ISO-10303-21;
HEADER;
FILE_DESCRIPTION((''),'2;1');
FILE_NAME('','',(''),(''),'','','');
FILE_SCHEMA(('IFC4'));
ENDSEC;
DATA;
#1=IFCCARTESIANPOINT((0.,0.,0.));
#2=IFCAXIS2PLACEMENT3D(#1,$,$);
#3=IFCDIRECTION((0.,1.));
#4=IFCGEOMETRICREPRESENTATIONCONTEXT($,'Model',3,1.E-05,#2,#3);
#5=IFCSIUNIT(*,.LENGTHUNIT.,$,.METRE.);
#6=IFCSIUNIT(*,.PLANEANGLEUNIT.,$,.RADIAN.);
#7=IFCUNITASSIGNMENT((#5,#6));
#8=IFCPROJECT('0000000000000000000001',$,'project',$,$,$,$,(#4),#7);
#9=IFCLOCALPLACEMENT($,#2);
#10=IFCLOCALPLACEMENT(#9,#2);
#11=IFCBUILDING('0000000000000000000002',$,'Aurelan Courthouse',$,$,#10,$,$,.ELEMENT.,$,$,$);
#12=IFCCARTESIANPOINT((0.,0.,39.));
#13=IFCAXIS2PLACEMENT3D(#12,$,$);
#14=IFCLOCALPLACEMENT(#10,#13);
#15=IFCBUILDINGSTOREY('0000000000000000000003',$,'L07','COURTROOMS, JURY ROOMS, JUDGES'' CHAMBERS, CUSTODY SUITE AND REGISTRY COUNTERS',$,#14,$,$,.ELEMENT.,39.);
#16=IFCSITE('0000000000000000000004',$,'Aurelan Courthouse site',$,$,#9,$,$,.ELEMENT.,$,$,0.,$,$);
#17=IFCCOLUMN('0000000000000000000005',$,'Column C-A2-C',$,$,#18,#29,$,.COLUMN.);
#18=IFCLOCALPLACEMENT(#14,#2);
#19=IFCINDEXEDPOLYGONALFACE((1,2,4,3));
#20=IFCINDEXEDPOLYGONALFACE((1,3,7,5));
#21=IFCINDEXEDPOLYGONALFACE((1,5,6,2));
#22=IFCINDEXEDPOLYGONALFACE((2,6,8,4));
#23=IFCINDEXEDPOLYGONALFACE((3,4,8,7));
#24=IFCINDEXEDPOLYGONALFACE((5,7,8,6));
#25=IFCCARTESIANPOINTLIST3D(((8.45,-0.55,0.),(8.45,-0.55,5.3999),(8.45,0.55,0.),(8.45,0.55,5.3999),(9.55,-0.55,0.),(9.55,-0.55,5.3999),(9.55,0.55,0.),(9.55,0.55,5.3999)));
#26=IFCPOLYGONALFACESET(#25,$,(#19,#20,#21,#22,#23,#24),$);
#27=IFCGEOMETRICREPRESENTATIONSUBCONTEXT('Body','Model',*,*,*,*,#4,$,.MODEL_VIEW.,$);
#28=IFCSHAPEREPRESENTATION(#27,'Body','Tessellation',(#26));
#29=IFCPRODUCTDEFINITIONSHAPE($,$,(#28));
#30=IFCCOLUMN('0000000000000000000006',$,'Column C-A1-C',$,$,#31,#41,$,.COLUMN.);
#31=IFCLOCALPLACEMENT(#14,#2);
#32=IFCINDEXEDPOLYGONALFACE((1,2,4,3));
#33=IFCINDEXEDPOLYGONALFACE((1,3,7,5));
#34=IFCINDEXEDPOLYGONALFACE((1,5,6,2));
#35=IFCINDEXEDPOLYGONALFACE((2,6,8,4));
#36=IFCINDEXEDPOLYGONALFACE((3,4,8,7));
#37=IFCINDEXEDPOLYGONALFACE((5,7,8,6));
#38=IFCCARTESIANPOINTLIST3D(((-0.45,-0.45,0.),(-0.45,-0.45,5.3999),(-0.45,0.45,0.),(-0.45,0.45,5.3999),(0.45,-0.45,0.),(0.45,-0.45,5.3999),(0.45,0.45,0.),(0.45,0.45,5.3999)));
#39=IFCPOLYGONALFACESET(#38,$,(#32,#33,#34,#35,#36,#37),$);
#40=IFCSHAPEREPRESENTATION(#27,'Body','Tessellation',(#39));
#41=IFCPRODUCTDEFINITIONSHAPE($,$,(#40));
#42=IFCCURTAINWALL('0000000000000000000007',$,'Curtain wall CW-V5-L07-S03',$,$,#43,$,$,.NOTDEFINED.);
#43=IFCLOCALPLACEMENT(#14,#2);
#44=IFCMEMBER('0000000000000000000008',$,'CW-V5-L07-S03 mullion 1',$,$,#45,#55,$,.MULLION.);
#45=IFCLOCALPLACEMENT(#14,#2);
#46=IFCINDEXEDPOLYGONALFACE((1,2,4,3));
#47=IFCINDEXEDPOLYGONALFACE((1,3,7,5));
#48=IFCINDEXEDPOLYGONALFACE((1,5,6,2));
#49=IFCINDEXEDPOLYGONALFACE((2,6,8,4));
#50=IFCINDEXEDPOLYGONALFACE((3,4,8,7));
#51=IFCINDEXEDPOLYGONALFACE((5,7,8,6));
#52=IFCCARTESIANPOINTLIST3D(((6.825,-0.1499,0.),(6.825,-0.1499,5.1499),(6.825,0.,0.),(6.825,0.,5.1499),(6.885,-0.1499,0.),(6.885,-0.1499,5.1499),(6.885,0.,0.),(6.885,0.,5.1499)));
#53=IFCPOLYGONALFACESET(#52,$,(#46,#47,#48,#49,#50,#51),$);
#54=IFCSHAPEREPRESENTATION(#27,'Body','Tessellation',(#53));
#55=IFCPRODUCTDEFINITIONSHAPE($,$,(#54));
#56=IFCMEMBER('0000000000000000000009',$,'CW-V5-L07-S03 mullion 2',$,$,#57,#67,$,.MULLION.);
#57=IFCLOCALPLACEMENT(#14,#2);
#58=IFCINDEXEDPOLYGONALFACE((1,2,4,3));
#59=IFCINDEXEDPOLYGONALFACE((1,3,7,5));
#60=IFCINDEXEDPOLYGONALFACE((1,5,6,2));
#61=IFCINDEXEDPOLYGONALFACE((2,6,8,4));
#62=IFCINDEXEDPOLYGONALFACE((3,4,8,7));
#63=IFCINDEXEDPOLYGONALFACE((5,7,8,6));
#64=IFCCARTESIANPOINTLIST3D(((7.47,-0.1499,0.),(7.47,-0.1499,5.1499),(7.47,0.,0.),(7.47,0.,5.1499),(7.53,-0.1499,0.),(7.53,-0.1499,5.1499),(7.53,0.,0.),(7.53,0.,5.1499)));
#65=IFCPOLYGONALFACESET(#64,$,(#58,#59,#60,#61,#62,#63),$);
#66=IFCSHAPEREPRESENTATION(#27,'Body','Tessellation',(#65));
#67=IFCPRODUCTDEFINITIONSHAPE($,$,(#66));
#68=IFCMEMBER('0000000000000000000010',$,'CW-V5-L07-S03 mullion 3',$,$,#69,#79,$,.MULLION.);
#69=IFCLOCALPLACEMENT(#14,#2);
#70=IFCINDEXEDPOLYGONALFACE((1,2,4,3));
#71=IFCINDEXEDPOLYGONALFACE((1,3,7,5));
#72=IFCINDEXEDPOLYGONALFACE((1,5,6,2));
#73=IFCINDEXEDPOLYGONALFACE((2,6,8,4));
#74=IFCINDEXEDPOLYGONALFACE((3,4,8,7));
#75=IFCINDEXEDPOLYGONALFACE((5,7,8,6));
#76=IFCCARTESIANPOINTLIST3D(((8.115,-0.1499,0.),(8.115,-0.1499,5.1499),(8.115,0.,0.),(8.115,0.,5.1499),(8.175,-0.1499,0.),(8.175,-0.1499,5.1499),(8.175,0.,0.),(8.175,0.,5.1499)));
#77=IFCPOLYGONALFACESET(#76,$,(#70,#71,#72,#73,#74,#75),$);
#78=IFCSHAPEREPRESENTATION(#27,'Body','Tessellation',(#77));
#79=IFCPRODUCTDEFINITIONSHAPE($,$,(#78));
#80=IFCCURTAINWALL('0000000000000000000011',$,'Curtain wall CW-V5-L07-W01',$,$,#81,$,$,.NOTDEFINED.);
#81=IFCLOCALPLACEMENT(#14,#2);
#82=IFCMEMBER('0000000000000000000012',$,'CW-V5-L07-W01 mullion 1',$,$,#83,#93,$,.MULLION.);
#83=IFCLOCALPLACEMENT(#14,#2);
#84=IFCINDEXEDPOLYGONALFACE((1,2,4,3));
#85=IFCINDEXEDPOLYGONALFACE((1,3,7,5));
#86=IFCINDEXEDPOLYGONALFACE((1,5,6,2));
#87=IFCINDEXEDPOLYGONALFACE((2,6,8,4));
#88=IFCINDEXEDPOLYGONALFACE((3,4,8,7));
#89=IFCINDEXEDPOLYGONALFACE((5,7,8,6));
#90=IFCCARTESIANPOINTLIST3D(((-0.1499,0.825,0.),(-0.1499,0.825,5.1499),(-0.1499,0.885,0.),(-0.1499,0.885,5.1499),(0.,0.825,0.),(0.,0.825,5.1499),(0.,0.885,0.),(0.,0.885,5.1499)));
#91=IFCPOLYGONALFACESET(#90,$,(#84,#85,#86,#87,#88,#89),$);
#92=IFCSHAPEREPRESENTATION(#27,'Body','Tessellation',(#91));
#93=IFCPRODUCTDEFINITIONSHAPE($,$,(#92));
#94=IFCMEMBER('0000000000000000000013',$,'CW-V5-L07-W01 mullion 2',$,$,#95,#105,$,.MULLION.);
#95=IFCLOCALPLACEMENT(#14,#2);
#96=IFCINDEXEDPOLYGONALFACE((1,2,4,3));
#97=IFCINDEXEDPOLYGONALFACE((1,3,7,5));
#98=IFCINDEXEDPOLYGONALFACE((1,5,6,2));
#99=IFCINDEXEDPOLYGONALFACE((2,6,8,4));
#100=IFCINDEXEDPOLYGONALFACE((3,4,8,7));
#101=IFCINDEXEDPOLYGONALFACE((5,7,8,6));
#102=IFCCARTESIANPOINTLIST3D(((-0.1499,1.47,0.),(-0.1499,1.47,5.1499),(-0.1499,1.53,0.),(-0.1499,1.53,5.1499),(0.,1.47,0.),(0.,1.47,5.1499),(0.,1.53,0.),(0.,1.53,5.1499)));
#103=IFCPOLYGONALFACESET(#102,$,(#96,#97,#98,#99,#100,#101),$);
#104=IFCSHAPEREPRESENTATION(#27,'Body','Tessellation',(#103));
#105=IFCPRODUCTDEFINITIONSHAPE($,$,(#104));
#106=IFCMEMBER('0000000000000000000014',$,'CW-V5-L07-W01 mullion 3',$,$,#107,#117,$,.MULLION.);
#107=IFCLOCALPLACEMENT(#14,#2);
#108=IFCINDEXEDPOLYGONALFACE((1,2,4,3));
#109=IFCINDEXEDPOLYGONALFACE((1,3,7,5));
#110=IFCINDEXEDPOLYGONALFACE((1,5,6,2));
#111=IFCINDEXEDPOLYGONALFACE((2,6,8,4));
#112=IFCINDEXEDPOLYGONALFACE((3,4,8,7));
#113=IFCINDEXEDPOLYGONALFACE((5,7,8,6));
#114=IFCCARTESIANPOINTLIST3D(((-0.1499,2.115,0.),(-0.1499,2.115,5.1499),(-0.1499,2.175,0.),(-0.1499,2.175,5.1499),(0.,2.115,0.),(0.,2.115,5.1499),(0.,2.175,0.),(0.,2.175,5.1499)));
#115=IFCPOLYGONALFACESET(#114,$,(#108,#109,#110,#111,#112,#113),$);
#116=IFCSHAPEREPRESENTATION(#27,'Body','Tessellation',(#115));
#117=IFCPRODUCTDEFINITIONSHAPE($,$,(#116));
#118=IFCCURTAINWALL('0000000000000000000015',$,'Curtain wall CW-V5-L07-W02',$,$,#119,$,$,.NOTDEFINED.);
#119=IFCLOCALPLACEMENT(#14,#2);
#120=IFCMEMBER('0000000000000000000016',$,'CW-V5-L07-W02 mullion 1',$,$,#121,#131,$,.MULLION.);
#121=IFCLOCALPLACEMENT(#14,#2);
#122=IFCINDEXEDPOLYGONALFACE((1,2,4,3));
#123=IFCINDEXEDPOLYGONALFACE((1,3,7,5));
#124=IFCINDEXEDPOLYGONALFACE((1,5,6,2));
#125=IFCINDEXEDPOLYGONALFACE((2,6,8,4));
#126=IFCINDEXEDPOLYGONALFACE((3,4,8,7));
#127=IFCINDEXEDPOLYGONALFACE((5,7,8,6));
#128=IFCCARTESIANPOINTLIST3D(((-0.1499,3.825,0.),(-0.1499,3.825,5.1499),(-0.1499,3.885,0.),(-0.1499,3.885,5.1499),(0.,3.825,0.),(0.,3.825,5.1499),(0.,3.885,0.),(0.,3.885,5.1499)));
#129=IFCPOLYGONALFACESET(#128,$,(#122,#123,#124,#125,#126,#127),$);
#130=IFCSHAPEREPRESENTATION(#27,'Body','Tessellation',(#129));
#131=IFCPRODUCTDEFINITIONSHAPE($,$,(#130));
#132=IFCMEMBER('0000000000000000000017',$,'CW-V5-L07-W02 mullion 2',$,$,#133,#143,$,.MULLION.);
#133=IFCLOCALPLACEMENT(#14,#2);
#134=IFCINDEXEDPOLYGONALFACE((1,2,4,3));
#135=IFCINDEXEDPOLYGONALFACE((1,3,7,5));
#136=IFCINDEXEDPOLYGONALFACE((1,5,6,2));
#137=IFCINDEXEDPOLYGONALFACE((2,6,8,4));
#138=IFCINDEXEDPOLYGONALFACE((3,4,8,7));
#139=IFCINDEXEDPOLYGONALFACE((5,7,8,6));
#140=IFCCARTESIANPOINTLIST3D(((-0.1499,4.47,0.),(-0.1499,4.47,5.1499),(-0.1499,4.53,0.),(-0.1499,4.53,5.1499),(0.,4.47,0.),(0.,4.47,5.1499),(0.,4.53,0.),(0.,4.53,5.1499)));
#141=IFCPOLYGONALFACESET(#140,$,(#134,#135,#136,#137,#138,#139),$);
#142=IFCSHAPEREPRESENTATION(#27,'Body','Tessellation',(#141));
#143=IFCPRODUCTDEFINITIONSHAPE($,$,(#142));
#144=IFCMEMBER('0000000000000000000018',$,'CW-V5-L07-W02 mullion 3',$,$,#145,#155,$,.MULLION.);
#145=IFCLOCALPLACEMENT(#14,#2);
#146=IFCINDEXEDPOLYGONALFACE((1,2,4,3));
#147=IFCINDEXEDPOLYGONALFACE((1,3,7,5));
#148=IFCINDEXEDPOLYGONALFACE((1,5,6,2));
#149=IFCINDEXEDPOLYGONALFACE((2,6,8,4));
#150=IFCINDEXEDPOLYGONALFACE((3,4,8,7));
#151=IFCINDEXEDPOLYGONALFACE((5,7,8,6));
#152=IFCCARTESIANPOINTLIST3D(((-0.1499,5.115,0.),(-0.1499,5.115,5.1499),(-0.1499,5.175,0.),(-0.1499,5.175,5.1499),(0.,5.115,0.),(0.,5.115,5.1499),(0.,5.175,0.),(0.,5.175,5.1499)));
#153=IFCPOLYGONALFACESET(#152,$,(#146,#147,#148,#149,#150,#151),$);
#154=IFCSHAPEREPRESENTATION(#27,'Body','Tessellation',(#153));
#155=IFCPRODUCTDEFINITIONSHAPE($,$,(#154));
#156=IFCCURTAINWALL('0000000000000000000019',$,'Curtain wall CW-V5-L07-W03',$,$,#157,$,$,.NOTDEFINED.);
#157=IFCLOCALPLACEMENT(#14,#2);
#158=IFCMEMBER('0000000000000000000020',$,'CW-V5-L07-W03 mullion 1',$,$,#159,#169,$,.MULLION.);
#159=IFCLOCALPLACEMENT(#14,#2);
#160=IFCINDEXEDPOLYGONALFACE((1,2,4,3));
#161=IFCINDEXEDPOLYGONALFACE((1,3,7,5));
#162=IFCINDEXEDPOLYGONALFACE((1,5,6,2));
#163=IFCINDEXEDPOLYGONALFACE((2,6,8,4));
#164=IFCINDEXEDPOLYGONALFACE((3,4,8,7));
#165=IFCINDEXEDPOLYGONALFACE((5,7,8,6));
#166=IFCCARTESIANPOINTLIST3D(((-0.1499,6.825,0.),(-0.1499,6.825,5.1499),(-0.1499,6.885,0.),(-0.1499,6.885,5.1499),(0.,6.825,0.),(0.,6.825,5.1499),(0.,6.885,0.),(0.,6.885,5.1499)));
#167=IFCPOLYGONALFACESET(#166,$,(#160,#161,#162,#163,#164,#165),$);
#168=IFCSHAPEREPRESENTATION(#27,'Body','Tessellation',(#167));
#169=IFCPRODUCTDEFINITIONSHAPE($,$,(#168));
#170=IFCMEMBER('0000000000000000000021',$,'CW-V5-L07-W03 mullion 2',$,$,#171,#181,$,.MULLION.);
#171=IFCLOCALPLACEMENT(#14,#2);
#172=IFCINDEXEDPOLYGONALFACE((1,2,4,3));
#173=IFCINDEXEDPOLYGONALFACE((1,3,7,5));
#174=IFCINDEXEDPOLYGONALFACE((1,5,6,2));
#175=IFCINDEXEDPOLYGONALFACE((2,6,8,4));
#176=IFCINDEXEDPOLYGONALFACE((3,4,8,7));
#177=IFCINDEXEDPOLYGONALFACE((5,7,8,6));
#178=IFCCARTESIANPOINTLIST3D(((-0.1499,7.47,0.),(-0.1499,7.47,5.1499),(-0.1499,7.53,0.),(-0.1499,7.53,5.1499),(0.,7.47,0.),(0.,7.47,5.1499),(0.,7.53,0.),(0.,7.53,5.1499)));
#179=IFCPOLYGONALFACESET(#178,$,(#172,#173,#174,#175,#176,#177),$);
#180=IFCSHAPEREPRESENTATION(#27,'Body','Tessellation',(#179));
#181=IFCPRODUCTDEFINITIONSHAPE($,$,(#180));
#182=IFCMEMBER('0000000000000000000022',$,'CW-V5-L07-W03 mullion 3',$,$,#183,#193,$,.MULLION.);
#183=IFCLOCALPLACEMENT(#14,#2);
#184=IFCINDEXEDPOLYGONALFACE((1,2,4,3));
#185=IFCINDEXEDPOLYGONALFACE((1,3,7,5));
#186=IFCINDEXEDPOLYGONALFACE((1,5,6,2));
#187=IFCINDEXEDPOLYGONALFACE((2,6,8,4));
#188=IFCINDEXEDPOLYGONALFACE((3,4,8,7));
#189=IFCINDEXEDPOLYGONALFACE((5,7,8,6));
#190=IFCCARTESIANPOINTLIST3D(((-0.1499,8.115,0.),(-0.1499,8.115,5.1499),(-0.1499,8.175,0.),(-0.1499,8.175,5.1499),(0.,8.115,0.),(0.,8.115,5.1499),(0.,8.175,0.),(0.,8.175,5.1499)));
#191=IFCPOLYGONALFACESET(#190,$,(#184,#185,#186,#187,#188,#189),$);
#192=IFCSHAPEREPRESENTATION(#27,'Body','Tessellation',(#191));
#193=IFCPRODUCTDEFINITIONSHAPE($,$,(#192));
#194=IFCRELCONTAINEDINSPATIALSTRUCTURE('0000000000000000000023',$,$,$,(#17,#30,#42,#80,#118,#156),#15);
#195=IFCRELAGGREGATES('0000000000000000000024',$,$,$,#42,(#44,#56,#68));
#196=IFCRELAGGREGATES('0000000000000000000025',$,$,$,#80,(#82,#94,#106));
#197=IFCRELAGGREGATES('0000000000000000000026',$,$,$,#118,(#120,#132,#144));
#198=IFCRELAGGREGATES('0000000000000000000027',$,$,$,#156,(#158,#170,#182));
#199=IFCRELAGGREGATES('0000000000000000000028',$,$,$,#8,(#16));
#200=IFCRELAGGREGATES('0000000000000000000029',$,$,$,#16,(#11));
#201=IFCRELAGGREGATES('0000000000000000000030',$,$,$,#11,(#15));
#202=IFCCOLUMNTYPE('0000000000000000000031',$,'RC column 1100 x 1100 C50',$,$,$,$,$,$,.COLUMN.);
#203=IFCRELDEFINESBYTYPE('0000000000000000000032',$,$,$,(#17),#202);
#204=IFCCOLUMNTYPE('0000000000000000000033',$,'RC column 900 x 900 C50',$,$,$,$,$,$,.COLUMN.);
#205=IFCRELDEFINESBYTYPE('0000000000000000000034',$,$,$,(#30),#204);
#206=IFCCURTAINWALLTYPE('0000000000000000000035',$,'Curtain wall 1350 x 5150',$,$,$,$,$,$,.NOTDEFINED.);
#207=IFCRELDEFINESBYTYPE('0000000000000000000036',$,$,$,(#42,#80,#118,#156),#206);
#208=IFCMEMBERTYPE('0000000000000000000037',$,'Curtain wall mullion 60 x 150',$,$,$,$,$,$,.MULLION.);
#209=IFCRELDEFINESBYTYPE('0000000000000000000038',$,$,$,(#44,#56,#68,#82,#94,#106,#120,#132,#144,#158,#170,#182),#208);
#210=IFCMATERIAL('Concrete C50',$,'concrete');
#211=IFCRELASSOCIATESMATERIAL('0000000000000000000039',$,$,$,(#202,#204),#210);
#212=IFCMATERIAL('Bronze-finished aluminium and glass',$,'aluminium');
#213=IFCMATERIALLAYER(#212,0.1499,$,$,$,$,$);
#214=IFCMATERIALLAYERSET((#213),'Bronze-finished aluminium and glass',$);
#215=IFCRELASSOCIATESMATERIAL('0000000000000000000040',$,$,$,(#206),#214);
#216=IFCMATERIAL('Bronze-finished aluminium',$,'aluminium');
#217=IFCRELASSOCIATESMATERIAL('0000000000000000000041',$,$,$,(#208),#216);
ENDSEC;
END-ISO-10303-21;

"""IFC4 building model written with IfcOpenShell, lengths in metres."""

from ifc_helpers import new_model, si_unit, direction, frame, origin, origin_with_axes, origin_2d, place, context, subcontext, project, spatial, rectangle, extrude, material, layer, layer_set, material_profile, profile_set, type_object, element, aggregate, save


model = new_model("IFC4")

# Units and contexts
model_context = context("Model", 3, precision=1e-05, world=origin(), true_north=direction((0.0, 1.0)))
body_context = subcontext(model_context, "Body", "Model", "MODEL_VIEW")
ifc_project = project(units=[si_unit("LENGTHUNIT", "METRE"), si_unit("PLANEANGLEUNIT", "RADIAN")], contexts=[model_context])

# Site, building, storey
site_placement = place(None, origin())
site = spatial("IfcSite", under=ifc_project, at=site_placement, Name="Aurelan Courthouse site", CompositionType="ELEMENT", RefElevation=0.0)
building_placement = place(site_placement, origin())
building = spatial("IfcBuilding", under=site, at=building_placement, Name="Aurelan Courthouse", CompositionType="ELEMENT")
storey_placement = place(building_placement, frame((0.0, 0.0, 39.0)))
storey = spatial("IfcBuildingStorey", under=building, at=storey_placement, Name="L07", Description="COURTROOMS, JURY ROOMS, JUDGES' CHAMBERS, CUSTODY SUITE AND REGISTRY COUNTERS", CompositionType="ELEMENT", Elevation=39.0)

# Columns
ifc_material_1 = material(Name="Concrete C50", Category="concrete")
ifc_material_profile_1 = material_profile(ifc_material_1, rectangle(XDim=1.1001, YDim=1.1001, at=origin_2d()), Name="RC 1100 x 1100")
ifc_profile_set_1 = profile_set([ifc_material_profile_1], Name="Concrete C50")
column_type_1 = type_object("IfcColumnType", Name="RC column 1100 x 1100 C50", PredefinedType="COLUMN", material=ifc_profile_set_1)
column_1_placement = place(storey_placement, frame((9.0, 0.0, 0.0), z_axis=(0.0, 0.0, 1.0), x_axis=(1.0, 0.0, 0.0)))
element("IfcColumn", 1, at=column_1_placement, inside=storey, type_object=column_type_1, Name="Column C-A2-C", PredefinedType="COLUMN", context=body_context, shape_type="SweptSolid", body=[
    extrude(rectangle(XDim=1.1001, YDim=1.1001, at=origin_2d()), origin(), (0.0, 0.0, 1.0), 5.3999),
])
ifc_material_profile_2 = material_profile(ifc_material_1, rectangle(XDim=0.8999, YDim=0.8999, at=origin_2d()), Name="RC 900 x 900")
ifc_profile_set_2 = profile_set([ifc_material_profile_2], Name="Concrete C50")
column_type_2 = type_object("IfcColumnType", Name="RC column 900 x 900 C50", PredefinedType="COLUMN", material=ifc_profile_set_2)
column_2_placement = place(storey_placement, origin_with_axes())
element("IfcColumn", 2, at=column_2_placement, inside=storey, type_object=column_type_2, Name="Column C-A1-C", PredefinedType="COLUMN", context=body_context, shape_type="SweptSolid", body=[
    extrude(rectangle(XDim=0.8999, YDim=0.8999, at=origin_2d()), origin(), (0.0, 0.0, 1.0), 5.3999),
])

# Curtain walls, members
ifc_material_2 = material(Name="Bronze-finished aluminium and glass", Category="aluminium")
ifc_layer_1 = layer(ifc_material_2, 0.1499)
ifc_layer_set_1 = layer_set([ifc_layer_1], Name="Bronze-finished aluminium and glass")
curtain_wall_type = type_object("IfcCurtainWallType", Name="Curtain wall 1350 x 5150", PredefinedType="NOTDEFINED", material=ifc_layer_set_1)
curtain_wall_1_placement = place(storey_placement, origin())
curtain_wall_1 = element("IfcCurtainWall", 3, at=curtain_wall_1_placement, inside=storey, type_object=curtain_wall_type, Name="Curtain wall CW-V5-L07-S03", PredefinedType="NOTDEFINED")
ifc_material_3 = material(Name="Bronze-finished aluminium", Category="aluminium")
ifc_material_profile_3 = material_profile(ifc_material_3, rectangle(XDim=0.1499, YDim=0.0601, at=origin_2d()), Name="Bronze mullion 60 x 150")
ifc_profile_set_3 = profile_set([ifc_material_profile_3], Name="Bronze-finished aluminium")
member_type = type_object("IfcMemberType", Name="Curtain wall mullion 60 x 150", PredefinedType="MULLION", material=ifc_profile_set_3)
member_1_placement = place(storey_placement, frame((6.855, -0.075, 0.0), z_axis=(0.0, 0.0, 1.0), x_axis=(0.0, 1.0, 0.0)))
member_1 = element("IfcMember", 4, at=member_1_placement, type_object=member_type, Name="CW-V5-L07-S03 mullion 1", PredefinedType="MULLION", context=body_context, shape_type="SweptSolid", body=[
    extrude(rectangle(XDim=0.1499, YDim=0.0601, at=origin_2d()), origin(), (0.0, 0.0, 1.0), 5.1499),
])
member_2_placement = place(storey_placement, frame((7.5, -0.075, 0.0), z_axis=(0.0, 0.0, 1.0), x_axis=(0.0, 1.0, 0.0)))
member_2 = element("IfcMember", 5, at=member_2_placement, type_object=member_type, Name="CW-V5-L07-S03 mullion 2", PredefinedType="MULLION", context=body_context, shape_type="SweptSolid", body=[
    extrude(rectangle(XDim=0.1499, YDim=0.0601, at=origin_2d()), origin(), (0.0, 0.0, 1.0), 5.1499),
])
member_3_placement = place(storey_placement, frame((8.145, -0.075, 0.0), z_axis=(0.0, 0.0, 1.0), x_axis=(0.0, 1.0, 0.0)))
member_3 = element("IfcMember", 6, at=member_3_placement, type_object=member_type, Name="CW-V5-L07-S03 mullion 3", PredefinedType="MULLION", context=body_context, shape_type="SweptSolid", body=[
    extrude(rectangle(XDim=0.1499, YDim=0.0601, at=origin_2d()), origin(), (0.0, 0.0, 1.0), 5.1499),
])
aggregate(curtain_wall_1, [member_1, member_2, member_3])
curtain_wall_2_placement = place(storey_placement, origin())
curtain_wall_2 = element("IfcCurtainWall", 7, at=curtain_wall_2_placement, inside=storey, type_object=curtain_wall_type, Name="Curtain wall CW-V5-L07-W01", PredefinedType="NOTDEFINED")
member_4_placement = place(storey_placement, frame((-0.075, 0.855, 0.0), z_axis=(0.0, 0.0, 1.0), x_axis=(-1.0, 0.0, 0.0)))
member_4 = element("IfcMember", 8, at=member_4_placement, type_object=member_type, Name="CW-V5-L07-W01 mullion 1", PredefinedType="MULLION", context=body_context, shape_type="SweptSolid", body=[
    extrude(rectangle(XDim=0.1499, YDim=0.0601, at=origin_2d()), origin(), (0.0, 0.0, 1.0), 5.1499),
])
member_5_placement = place(storey_placement, frame((-0.075, 1.5, 0.0), z_axis=(0.0, 0.0, 1.0), x_axis=(-1.0, 0.0, 0.0)))
member_5 = element("IfcMember", 9, at=member_5_placement, type_object=member_type, Name="CW-V5-L07-W01 mullion 2", PredefinedType="MULLION", context=body_context, shape_type="SweptSolid", body=[
    extrude(rectangle(XDim=0.1499, YDim=0.0601, at=origin_2d()), origin(), (0.0, 0.0, 1.0), 5.1499),
])
member_6_placement = place(storey_placement, frame((-0.075, 2.145, 0.0), z_axis=(0.0, 0.0, 1.0), x_axis=(-1.0, 0.0, 0.0)))
member_6 = element("IfcMember", 10, at=member_6_placement, type_object=member_type, Name="CW-V5-L07-W01 mullion 3", PredefinedType="MULLION", context=body_context, shape_type="SweptSolid", body=[
    extrude(rectangle(XDim=0.1499, YDim=0.0601, at=origin_2d()), origin(), (0.0, 0.0, 1.0), 5.1499),
])
aggregate(curtain_wall_2, [member_4, member_5, member_6])
curtain_wall_3_placement = place(storey_placement, origin())
curtain_wall_3 = element("IfcCurtainWall", 11, at=curtain_wall_3_placement, inside=storey, type_object=curtain_wall_type, Name="Curtain wall CW-V5-L07-W02", PredefinedType="NOTDEFINED")
member_7_placement = place(storey_placement, frame((-0.075, 3.855, 0.0), z_axis=(0.0, 0.0, 1.0), x_axis=(-1.0, 0.0, 0.0)))
member_7 = element("IfcMember", 12, at=member_7_placement, type_object=member_type, Name="CW-V5-L07-W02 mullion 1", PredefinedType="MULLION", context=body_context, shape_type="SweptSolid", body=[
    extrude(rectangle(XDim=0.1499, YDim=0.0601, at=origin_2d()), origin(), (0.0, 0.0, 1.0), 5.1499),
])
member_8_placement = place(storey_placement, frame((-0.075, 4.5, 0.0), z_axis=(0.0, 0.0, 1.0), x_axis=(-1.0, 0.0, 0.0)))
member_8 = element("IfcMember", 13, at=member_8_placement, type_object=member_type, Name="CW-V5-L07-W02 mullion 2", PredefinedType="MULLION", context=body_context, shape_type="SweptSolid", body=[
    extrude(rectangle(XDim=0.1499, YDim=0.0601, at=origin_2d()), origin(), (0.0, 0.0, 1.0), 5.1499),
])
member_9_placement = place(storey_placement, frame((-0.075, 5.145, 0.0), z_axis=(0.0, 0.0, 1.0), x_axis=(-1.0, 0.0, 0.0)))
member_9 = element("IfcMember", 14, at=member_9_placement, type_object=member_type, Name="CW-V5-L07-W02 mullion 3", PredefinedType="MULLION", context=body_context, shape_type="SweptSolid", body=[
    extrude(rectangle(XDim=0.1499, YDim=0.0601, at=origin_2d()), origin(), (0.0, 0.0, 1.0), 5.1499),
])
aggregate(curtain_wall_3, [member_7, member_8, member_9])
curtain_wall_4_placement = place(storey_placement, origin())
curtain_wall_4 = element("IfcCurtainWall", 15, at=curtain_wall_4_placement, inside=storey, type_object=curtain_wall_type, Name="Curtain wall CW-V5-L07-W03", PredefinedType="NOTDEFINED")
member_10_placement = place(storey_placement, frame((-0.075, 6.855, 0.0), z_axis=(0.0, 0.0, 1.0), x_axis=(-1.0, 0.0, 0.0)))
member_10 = element("IfcMember", 16, at=member_10_placement, type_object=member_type, Name="CW-V5-L07-W03 mullion 1", PredefinedType="MULLION", context=body_context, shape_type="SweptSolid", body=[
    extrude(rectangle(XDim=0.1499, YDim=0.0601, at=origin_2d()), origin(), (0.0, 0.0, 1.0), 5.1499),
])
member_11_placement = place(storey_placement, frame((-0.075, 7.5, 0.0), z_axis=(0.0, 0.0, 1.0), x_axis=(-1.0, 0.0, 0.0)))
member_11 = element("IfcMember", 17, at=member_11_placement, type_object=member_type, Name="CW-V5-L07-W03 mullion 2", PredefinedType="MULLION", context=body_context, shape_type="SweptSolid", body=[
    extrude(rectangle(XDim=0.1499, YDim=0.0601, at=origin_2d()), origin(), (0.0, 0.0, 1.0), 5.1499),
])
member_12_placement = place(storey_placement, frame((-0.075, 8.145, 0.0), z_axis=(0.0, 0.0, 1.0), x_axis=(-1.0, 0.0, 0.0)))
member_12 = element("IfcMember", 18, at=member_12_placement, type_object=member_type, Name="CW-V5-L07-W03 mullion 3", PredefinedType="MULLION", context=body_context, shape_type="SweptSolid", body=[
    extrude(rectangle(XDim=0.1499, YDim=0.0601, at=origin_2d()), origin(), (0.0, 0.0, 1.0), 5.1499),
])
aggregate(curtain_wall_4, [member_10, member_11, member_12])

save(model, "model.ifc")
